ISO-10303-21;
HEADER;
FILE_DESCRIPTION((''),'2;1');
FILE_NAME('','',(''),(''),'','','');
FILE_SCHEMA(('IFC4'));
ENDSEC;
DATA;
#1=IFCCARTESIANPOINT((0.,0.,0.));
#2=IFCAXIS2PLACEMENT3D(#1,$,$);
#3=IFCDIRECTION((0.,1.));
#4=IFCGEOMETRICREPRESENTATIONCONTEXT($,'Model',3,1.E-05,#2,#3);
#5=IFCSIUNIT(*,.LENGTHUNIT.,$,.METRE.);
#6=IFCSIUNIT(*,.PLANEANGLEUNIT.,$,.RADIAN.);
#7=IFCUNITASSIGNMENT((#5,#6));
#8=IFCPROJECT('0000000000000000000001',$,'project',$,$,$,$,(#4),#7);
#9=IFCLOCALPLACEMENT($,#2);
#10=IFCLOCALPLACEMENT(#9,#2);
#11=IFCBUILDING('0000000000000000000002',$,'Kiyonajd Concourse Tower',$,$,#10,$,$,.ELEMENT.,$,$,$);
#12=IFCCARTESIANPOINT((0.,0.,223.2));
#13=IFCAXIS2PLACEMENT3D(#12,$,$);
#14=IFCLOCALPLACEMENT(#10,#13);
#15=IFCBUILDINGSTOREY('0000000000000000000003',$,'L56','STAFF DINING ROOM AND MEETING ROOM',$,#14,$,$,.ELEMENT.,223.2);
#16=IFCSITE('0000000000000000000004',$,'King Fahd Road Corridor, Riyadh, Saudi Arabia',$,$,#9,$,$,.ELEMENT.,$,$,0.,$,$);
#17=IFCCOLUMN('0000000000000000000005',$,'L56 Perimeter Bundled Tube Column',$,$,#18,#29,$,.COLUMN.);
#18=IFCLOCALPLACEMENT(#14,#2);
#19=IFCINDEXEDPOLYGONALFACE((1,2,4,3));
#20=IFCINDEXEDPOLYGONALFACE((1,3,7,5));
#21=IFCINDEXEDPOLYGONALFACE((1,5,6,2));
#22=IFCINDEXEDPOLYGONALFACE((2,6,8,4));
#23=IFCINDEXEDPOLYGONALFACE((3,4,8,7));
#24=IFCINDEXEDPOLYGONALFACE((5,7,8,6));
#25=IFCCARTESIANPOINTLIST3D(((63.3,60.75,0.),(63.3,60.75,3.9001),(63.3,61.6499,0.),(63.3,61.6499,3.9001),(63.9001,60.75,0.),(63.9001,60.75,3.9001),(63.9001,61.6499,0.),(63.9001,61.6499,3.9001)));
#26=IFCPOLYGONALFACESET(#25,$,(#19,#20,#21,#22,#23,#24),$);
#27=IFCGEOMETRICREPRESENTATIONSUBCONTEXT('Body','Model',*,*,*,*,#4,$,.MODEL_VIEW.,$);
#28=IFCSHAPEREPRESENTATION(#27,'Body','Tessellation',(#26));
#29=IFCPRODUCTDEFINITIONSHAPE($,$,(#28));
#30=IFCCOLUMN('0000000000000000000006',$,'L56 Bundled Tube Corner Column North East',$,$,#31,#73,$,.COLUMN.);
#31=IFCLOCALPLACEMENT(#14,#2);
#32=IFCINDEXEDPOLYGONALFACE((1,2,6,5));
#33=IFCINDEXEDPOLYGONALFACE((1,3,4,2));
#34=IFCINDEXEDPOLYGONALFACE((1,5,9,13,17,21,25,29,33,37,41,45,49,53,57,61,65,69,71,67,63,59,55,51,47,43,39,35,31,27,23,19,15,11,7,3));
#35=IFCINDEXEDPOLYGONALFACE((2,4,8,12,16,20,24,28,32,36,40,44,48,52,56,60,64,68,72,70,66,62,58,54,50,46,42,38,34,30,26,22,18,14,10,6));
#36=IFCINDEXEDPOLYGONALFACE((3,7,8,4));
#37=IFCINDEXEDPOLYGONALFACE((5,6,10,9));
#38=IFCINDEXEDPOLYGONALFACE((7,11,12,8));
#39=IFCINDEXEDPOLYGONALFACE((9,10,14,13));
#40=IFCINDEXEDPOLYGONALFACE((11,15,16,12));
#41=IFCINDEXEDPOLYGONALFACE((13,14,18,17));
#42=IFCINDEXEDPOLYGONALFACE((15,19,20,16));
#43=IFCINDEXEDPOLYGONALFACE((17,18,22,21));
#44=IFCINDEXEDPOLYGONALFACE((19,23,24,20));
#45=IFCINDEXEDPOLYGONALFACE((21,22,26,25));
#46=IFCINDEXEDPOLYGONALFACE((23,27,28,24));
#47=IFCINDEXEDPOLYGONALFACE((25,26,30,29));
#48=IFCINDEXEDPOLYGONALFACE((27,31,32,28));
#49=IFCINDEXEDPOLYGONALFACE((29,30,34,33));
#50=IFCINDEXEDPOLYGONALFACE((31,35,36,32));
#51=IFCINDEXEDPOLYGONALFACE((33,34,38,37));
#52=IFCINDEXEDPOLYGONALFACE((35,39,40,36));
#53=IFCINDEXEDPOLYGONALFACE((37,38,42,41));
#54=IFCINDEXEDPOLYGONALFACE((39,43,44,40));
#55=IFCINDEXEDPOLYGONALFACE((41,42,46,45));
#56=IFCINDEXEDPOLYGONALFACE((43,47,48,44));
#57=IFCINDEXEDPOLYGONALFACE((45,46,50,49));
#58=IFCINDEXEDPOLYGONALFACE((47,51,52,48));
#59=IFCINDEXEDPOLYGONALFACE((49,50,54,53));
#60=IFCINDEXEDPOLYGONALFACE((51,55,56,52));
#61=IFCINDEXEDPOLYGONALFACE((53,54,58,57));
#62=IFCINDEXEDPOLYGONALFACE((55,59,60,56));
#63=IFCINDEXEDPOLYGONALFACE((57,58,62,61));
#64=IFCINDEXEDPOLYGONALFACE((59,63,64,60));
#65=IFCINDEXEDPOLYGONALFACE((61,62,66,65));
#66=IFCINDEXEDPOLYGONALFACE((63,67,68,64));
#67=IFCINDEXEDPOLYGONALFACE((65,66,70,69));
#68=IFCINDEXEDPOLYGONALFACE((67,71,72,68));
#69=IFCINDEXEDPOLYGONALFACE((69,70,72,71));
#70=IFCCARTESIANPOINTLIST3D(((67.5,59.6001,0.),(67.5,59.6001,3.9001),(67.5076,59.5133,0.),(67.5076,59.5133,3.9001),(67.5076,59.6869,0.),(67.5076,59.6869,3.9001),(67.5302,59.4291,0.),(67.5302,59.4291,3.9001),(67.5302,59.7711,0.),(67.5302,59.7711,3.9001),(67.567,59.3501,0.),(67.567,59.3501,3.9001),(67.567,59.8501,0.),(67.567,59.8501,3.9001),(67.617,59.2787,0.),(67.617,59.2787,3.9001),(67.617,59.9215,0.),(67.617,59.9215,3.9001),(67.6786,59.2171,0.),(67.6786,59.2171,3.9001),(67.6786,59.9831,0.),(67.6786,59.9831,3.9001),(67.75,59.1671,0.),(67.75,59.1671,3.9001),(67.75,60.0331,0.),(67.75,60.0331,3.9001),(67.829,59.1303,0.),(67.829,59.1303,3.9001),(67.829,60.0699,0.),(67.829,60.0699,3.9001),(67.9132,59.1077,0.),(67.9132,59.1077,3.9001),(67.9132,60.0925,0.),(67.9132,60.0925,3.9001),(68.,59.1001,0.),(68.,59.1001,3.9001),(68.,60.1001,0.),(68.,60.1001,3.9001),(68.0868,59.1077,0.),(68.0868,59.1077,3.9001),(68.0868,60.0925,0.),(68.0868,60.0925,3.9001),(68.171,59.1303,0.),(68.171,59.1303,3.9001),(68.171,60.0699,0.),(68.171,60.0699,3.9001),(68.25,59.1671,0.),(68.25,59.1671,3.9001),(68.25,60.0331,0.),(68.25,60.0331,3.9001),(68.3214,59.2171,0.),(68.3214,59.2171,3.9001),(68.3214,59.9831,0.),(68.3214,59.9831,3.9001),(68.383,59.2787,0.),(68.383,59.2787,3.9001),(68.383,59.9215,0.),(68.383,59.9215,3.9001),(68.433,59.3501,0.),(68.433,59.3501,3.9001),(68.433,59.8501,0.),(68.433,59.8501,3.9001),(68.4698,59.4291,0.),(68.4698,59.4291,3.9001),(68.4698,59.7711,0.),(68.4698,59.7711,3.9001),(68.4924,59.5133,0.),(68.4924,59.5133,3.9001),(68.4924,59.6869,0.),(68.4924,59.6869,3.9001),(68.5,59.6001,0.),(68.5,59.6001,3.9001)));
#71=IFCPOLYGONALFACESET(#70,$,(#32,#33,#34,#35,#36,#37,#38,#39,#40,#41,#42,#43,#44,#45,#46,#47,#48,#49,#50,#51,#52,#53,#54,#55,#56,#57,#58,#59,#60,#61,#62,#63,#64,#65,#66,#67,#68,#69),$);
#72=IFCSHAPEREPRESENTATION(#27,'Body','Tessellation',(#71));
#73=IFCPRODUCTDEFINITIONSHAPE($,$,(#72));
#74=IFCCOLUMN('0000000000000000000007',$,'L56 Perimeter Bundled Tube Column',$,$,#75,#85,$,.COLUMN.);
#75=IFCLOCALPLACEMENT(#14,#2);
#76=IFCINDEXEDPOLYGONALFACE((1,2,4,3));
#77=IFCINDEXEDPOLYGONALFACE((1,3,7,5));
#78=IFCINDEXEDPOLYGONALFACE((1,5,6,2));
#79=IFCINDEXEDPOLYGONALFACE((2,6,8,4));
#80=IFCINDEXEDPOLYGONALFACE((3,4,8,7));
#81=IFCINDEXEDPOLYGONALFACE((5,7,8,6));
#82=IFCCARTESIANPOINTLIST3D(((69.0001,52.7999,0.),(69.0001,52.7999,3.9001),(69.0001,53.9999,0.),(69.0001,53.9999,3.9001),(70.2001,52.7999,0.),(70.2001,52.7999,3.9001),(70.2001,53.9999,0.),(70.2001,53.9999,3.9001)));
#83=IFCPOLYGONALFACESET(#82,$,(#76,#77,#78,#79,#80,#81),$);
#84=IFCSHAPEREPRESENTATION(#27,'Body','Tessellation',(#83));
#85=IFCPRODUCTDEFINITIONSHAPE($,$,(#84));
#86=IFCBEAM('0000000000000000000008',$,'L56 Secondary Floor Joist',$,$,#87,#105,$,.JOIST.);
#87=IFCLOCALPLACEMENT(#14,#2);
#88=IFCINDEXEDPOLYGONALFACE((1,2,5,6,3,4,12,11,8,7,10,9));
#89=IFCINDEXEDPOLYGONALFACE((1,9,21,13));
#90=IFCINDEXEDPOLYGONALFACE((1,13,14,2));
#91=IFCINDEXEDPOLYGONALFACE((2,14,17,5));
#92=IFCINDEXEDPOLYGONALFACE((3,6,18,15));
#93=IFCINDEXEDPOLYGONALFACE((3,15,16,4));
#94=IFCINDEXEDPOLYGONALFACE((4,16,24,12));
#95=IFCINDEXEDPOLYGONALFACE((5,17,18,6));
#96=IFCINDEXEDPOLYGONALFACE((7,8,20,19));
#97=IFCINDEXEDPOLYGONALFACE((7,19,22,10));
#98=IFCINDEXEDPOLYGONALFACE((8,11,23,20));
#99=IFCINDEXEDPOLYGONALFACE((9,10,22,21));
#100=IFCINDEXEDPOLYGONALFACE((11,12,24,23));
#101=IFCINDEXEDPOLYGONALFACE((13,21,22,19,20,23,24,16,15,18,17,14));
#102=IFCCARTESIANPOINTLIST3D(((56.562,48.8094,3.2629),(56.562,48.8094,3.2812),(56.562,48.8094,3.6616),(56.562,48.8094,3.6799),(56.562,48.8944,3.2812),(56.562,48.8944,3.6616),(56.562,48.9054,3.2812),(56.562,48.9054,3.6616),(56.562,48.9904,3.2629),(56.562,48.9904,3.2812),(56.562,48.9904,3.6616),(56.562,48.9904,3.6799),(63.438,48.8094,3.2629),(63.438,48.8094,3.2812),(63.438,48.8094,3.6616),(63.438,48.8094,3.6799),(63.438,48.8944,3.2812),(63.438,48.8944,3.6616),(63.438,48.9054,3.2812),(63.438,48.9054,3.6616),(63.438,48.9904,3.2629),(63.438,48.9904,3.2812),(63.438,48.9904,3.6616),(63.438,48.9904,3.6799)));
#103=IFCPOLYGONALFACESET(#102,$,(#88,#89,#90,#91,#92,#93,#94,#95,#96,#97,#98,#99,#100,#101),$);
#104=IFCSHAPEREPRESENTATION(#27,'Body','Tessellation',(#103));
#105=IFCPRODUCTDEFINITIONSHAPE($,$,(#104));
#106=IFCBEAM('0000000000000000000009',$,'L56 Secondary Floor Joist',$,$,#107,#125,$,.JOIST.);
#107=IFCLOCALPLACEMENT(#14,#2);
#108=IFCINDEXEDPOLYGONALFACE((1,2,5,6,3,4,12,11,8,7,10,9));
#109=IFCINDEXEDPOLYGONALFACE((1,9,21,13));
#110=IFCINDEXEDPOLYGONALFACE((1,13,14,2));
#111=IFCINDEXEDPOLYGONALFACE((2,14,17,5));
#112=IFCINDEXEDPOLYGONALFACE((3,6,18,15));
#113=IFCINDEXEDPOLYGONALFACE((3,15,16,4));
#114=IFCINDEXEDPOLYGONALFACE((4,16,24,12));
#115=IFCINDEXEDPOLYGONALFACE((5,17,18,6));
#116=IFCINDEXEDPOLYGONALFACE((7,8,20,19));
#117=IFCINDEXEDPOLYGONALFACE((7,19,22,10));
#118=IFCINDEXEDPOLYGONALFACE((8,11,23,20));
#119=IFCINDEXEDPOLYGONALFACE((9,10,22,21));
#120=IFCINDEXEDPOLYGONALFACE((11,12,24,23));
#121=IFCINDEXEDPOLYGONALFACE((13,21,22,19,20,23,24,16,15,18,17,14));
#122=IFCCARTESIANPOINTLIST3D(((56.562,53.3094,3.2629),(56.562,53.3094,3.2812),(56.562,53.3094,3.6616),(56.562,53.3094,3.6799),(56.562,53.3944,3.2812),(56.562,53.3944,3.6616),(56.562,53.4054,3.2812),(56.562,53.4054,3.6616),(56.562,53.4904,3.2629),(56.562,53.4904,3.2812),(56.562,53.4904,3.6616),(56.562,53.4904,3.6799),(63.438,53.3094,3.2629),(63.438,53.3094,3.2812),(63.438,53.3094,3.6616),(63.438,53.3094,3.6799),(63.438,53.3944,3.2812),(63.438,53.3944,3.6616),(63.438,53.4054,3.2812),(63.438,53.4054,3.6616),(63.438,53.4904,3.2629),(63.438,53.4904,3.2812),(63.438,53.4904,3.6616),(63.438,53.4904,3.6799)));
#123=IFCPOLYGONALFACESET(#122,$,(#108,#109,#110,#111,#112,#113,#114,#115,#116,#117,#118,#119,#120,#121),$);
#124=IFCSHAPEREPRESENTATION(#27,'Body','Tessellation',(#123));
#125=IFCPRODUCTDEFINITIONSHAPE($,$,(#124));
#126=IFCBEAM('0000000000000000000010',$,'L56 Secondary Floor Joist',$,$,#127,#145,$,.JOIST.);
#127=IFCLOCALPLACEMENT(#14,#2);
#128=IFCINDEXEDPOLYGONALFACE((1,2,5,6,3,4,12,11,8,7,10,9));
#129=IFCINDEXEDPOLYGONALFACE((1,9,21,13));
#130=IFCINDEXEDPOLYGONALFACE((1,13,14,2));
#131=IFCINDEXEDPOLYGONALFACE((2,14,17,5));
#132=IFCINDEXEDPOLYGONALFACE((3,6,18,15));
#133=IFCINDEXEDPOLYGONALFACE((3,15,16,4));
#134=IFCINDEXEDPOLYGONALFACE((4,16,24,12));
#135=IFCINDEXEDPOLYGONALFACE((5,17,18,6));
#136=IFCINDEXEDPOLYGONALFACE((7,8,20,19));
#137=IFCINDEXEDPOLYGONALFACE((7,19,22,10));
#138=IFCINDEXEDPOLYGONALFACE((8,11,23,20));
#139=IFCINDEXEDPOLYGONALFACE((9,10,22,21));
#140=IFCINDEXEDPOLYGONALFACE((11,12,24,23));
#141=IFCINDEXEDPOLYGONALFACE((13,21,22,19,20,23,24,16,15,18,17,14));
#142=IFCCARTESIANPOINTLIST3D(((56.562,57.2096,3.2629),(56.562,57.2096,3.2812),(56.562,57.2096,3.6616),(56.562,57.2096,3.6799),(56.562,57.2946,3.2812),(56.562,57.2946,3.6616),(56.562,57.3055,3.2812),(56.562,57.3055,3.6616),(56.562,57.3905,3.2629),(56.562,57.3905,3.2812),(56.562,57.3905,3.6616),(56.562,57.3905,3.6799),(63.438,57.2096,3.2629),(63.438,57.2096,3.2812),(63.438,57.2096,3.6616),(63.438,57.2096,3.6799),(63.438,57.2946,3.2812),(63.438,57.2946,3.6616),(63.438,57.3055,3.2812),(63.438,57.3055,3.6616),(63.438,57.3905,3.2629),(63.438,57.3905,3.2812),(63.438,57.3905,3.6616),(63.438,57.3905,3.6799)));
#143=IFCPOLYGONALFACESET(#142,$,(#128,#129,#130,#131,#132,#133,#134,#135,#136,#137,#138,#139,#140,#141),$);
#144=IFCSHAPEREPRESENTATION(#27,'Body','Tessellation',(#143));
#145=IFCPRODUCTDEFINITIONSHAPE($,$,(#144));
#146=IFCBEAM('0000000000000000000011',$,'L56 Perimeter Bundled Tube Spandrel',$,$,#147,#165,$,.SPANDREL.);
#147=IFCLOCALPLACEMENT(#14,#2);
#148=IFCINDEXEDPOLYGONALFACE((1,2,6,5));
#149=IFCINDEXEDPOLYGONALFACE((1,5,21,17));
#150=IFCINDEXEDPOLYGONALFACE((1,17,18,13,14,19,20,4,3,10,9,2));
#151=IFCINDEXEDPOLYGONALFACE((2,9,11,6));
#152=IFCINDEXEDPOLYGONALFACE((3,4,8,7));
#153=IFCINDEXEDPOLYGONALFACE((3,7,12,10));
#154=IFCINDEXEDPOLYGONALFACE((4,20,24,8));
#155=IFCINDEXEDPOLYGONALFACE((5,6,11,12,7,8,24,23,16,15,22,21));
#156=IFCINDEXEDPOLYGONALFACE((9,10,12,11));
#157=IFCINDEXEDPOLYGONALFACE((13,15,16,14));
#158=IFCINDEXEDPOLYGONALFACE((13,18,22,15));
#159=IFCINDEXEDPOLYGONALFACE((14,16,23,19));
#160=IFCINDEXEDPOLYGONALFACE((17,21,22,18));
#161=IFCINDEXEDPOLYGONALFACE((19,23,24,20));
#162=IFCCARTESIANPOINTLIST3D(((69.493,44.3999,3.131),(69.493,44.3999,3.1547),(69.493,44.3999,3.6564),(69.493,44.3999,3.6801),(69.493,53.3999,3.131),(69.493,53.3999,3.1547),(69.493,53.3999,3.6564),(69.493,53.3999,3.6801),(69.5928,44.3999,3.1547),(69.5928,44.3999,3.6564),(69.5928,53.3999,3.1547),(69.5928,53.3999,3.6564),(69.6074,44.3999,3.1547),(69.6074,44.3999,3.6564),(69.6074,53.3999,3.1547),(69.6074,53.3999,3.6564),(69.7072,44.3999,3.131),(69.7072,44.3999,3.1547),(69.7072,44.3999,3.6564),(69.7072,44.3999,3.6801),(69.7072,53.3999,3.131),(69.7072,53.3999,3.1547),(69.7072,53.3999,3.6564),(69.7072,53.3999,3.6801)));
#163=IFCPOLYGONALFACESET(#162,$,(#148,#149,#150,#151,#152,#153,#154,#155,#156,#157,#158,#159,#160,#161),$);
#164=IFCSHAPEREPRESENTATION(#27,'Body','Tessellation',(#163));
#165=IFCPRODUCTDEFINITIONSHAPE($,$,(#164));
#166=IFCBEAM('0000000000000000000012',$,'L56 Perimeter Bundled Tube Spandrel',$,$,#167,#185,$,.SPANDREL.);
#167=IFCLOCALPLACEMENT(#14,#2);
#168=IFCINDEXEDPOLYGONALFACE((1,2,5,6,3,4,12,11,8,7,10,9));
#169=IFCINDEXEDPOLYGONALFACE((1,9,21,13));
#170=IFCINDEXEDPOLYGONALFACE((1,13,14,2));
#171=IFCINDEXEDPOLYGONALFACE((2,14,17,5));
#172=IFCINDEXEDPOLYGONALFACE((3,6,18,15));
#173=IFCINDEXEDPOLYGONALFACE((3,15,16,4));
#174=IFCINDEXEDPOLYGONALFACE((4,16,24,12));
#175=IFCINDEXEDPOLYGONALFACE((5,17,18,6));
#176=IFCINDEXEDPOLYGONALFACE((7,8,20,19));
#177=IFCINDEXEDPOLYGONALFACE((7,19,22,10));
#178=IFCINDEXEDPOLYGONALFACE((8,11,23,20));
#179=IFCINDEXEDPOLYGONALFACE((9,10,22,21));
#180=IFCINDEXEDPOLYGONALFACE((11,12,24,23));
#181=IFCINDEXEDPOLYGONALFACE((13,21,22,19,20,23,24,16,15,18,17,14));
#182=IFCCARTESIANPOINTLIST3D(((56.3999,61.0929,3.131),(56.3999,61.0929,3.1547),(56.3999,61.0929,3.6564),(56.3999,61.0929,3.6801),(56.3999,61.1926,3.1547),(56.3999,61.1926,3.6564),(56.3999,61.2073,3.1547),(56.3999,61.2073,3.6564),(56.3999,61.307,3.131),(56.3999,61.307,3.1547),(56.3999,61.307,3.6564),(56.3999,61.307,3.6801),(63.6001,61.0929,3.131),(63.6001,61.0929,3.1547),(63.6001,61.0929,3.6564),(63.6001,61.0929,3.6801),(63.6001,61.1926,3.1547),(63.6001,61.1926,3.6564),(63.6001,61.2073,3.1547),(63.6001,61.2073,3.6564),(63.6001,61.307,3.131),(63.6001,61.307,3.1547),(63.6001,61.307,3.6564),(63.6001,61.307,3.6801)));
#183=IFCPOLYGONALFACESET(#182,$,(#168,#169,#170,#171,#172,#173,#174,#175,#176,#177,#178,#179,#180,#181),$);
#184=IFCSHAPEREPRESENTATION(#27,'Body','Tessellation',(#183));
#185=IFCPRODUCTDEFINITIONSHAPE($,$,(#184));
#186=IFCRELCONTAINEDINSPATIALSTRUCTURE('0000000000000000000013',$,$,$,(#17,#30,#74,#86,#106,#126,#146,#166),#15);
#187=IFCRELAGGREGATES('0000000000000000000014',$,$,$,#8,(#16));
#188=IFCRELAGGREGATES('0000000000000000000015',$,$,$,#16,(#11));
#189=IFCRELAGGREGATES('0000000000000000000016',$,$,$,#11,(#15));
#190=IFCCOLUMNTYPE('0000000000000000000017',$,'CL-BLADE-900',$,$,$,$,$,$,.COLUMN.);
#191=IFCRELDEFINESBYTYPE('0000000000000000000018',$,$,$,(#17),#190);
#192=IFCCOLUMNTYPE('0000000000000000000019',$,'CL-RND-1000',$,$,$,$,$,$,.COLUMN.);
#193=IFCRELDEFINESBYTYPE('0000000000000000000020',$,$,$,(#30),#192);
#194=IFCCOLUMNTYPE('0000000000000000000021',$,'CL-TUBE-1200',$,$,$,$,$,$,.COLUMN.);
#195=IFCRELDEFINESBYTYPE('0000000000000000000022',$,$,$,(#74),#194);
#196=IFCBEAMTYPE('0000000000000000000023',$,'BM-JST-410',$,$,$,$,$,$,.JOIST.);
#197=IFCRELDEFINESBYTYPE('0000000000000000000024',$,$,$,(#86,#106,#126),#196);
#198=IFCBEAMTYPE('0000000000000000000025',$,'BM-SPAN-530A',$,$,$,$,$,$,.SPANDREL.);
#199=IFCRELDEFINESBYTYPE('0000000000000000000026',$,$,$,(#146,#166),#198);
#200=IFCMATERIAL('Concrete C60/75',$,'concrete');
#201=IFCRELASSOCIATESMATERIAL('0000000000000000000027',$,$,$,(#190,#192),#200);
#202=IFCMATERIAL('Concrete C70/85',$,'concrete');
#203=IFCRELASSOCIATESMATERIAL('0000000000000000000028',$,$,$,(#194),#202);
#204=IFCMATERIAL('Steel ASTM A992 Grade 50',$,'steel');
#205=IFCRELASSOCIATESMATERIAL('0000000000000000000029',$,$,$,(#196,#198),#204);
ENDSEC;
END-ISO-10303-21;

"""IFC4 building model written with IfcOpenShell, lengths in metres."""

from ifc_helpers import new_model, si_unit, direction, frame, origin, origin_2d, place, context, subcontext, project, spatial, rectangle, circle, i_section, extrude, material, material_profile, profile_set, type_object, element, save


model = new_model("IFC4")

# Units and contexts
model_context = context("Model", 3, precision=1e-05, world=origin(), true_north=direction((0.0, 1.0)))
body_context = subcontext(model_context, "Body", "Model", "MODEL_VIEW")
ifc_project = project(units=[si_unit("LENGTHUNIT", "METRE"), si_unit("PLANEANGLEUNIT", "RADIAN")], contexts=[model_context])

# Site, building, storey
site_placement = place(None, origin())
site = spatial("IfcSite", under=ifc_project, at=site_placement, Name="King Fahd Road Corridor, Riyadh, Saudi Arabia", CompositionType="ELEMENT", RefElevation=0.0)
building_placement = place(site_placement, origin())
building = spatial("IfcBuilding", under=site, at=building_placement, Name="Kiyonajd Concourse Tower", CompositionType="ELEMENT")
storey_placement = place(building_placement, frame((0.0, 0.0, 223.2)))
storey = spatial("IfcBuildingStorey", under=building, at=storey_placement, Name="L56", Description="STAFF DINING ROOM AND MEETING ROOM", CompositionType="ELEMENT", Elevation=223.2)

# Columns
ifc_material_1 = material(Name="Concrete C60/75", Category="concrete")
ifc_material_profile_1 = material_profile(ifc_material_1, rectangle(XDim=0.6001, YDim=0.8999, at=origin_2d()), Name="RC-900x600")
ifc_profile_set_1 = profile_set([ifc_material_profile_1], Name="Concrete C60/75")
column_type_1 = type_object("IfcColumnType", Name="CL-BLADE-900", PredefinedType="COLUMN", material=ifc_profile_set_1)
column_1_placement = place(storey_placement, frame((63.6001, 61.2, 0.0), z_axis=(0.0, 0.0, 1.0), x_axis=(1.0, 0.0, 0.0)))
element("IfcColumn", 1, at=column_1_placement, inside=storey, type_object=column_type_1, Name="L56 Perimeter Bundled Tube Column", PredefinedType="COLUMN", context=body_context, shape_type="SweptSolid", body=[
    extrude(rectangle(XDim=0.6001, YDim=0.8999, at=origin_2d()), origin(), (0.0, 0.0, 1.0), 3.9001),
])
ifc_material_profile_2 = material_profile(ifc_material_1, circle(Radius=0.5, at=origin_2d()), Name="RCC-D1000")
ifc_profile_set_2 = profile_set([ifc_material_profile_2], Name="Concrete C60/75")
column_type_2 = type_object("IfcColumnType", Name="CL-RND-1000", PredefinedType="COLUMN", material=ifc_profile_set_2)
column_2_placement = place(storey_placement, frame((68.0, 59.6001, 0.0), z_axis=(0.0, 0.0, 1.0), x_axis=(1.0, 0.0, 0.0)))
element("IfcColumn", 2, at=column_2_placement, inside=storey, type_object=column_type_2, Name="L56 Bundled Tube Corner Column North East", PredefinedType="COLUMN", context=body_context, shape_type="SweptSolid", body=[
    extrude(circle(Radius=0.5, at=origin_2d()), origin(), (0.0, 0.0, 1.0), 3.9001),
])
ifc_material_2 = material(Name="Concrete C70/85", Category="concrete")
ifc_material_profile_3 = material_profile(ifc_material_2, rectangle(XDim=1.2, YDim=1.2, at=origin_2d()), Name="RC-1200x1200")
ifc_profile_set_3 = profile_set([ifc_material_profile_3], Name="Concrete C70/85")
column_type_3 = type_object("IfcColumnType", Name="CL-TUBE-1200", PredefinedType="COLUMN", material=ifc_profile_set_3)
column_3_placement = place(storey_placement, frame((69.6001, 53.3999, 0.0), z_axis=(0.0, 0.0, 1.0), x_axis=(1.0, 0.0, 0.0)))
element("IfcColumn", 3, at=column_3_placement, inside=storey, type_object=column_type_3, Name="L56 Perimeter Bundled Tube Column", PredefinedType="COLUMN", context=body_context, shape_type="SweptSolid", body=[
    extrude(rectangle(XDim=1.2, YDim=1.2, at=origin_2d()), origin(), (0.0, 0.0, 1.0), 3.9001),
])

# Beams
ifc_material_3 = material(Name="Steel ASTM A992 Grade 50", Category="steel")
ifc_material_profile_4 = material_profile(ifc_material_3, i_section(OverallWidth=0.1809, OverallDepth=0.417, WebThickness=0.011, FlangeThickness=0.0183, at=origin_2d()), Name="W410X85")
ifc_profile_set_4 = profile_set([ifc_material_profile_4], Name="Steel ASTM A992 Grade 50")
beam_type_1 = type_object("IfcBeamType", Name="BM-JST-410", PredefinedType="JOIST", material=ifc_profile_set_4)
for number, where, z_axis, x_axis, name in (
    (4, (56.562, 48.8999, 3.4714), (1.0, 0.0, 0.0), (0.0, 1.0, 0.0), "L56 Secondary Floor Joist"),
    (5, (56.562, 53.3999, 3.4714), (1.0, 0.0, 0.0), (0.0, 1.0, 0.0), "L56 Secondary Floor Joist"),
    (6, (56.562, 57.3, 3.4714), (1.0, 0.0, 0.0), (0.0, 1.0, 0.0), "L56 Secondary Floor Joist"),
):
    element("IfcBeam", number, at=place(storey_placement, frame(where, z_axis=z_axis, x_axis=x_axis)), inside=storey, type_object=beam_type_1, Name=name, PredefinedType="JOIST", context=body_context, shape_type="SweptSolid", body=[
        extrude(i_section(OverallWidth=0.1809, OverallDepth=0.417, WebThickness=0.011, FlangeThickness=0.0183, at=origin_2d()), origin(), (0.0, 0.0, 1.0), 6.876),
    ])
ifc_material_profile_5 = material_profile(ifc_material_3, i_section(OverallWidth=0.2141, OverallDepth=0.5491, WebThickness=0.0146, FlangeThickness=0.0237, at=origin_2d()), Name="W530X138")
ifc_profile_set_5 = profile_set([ifc_material_profile_5], Name="Steel ASTM A992 Grade 50")
beam_type_2 = type_object("IfcBeamType", Name="BM-SPAN-530A", PredefinedType="SPANDREL", material=ifc_profile_set_5)
beam_1_placement = place(storey_placement, frame((69.6001, 44.3999, 3.4055), z_axis=(0.0, 1.0, 0.0), x_axis=(-1.0, 0.0, 0.0)))
element("IfcBeam", 7, at=beam_1_placement, inside=storey, type_object=beam_type_2, Name="L56 Perimeter Bundled Tube Spandrel", PredefinedType="SPANDREL", context=body_context, shape_type="SweptSolid", body=[
    extrude(i_section(OverallWidth=0.2141, OverallDepth=0.5491, WebThickness=0.0146, FlangeThickness=0.0237, at=origin_2d()), origin(), (0.0, 0.0, 1.0), 9.0),
])
beam_2_placement = place(storey_placement, frame((63.6001, 61.2, 3.4055), z_axis=(-1.0, 0.0, 0.0), x_axis=(0.0, -1.0, 0.0)))
element("IfcBeam", 8, at=beam_2_placement, inside=storey, type_object=beam_type_2, Name="L56 Perimeter Bundled Tube Spandrel", PredefinedType="SPANDREL", context=body_context, shape_type="SweptSolid", body=[
    extrude(i_section(OverallWidth=0.2141, OverallDepth=0.5491, WebThickness=0.0146, FlangeThickness=0.0237, at=origin_2d()), origin(), (0.0, 0.0, 1.0), 7.2002),
])

save(model, "model.ifc")
